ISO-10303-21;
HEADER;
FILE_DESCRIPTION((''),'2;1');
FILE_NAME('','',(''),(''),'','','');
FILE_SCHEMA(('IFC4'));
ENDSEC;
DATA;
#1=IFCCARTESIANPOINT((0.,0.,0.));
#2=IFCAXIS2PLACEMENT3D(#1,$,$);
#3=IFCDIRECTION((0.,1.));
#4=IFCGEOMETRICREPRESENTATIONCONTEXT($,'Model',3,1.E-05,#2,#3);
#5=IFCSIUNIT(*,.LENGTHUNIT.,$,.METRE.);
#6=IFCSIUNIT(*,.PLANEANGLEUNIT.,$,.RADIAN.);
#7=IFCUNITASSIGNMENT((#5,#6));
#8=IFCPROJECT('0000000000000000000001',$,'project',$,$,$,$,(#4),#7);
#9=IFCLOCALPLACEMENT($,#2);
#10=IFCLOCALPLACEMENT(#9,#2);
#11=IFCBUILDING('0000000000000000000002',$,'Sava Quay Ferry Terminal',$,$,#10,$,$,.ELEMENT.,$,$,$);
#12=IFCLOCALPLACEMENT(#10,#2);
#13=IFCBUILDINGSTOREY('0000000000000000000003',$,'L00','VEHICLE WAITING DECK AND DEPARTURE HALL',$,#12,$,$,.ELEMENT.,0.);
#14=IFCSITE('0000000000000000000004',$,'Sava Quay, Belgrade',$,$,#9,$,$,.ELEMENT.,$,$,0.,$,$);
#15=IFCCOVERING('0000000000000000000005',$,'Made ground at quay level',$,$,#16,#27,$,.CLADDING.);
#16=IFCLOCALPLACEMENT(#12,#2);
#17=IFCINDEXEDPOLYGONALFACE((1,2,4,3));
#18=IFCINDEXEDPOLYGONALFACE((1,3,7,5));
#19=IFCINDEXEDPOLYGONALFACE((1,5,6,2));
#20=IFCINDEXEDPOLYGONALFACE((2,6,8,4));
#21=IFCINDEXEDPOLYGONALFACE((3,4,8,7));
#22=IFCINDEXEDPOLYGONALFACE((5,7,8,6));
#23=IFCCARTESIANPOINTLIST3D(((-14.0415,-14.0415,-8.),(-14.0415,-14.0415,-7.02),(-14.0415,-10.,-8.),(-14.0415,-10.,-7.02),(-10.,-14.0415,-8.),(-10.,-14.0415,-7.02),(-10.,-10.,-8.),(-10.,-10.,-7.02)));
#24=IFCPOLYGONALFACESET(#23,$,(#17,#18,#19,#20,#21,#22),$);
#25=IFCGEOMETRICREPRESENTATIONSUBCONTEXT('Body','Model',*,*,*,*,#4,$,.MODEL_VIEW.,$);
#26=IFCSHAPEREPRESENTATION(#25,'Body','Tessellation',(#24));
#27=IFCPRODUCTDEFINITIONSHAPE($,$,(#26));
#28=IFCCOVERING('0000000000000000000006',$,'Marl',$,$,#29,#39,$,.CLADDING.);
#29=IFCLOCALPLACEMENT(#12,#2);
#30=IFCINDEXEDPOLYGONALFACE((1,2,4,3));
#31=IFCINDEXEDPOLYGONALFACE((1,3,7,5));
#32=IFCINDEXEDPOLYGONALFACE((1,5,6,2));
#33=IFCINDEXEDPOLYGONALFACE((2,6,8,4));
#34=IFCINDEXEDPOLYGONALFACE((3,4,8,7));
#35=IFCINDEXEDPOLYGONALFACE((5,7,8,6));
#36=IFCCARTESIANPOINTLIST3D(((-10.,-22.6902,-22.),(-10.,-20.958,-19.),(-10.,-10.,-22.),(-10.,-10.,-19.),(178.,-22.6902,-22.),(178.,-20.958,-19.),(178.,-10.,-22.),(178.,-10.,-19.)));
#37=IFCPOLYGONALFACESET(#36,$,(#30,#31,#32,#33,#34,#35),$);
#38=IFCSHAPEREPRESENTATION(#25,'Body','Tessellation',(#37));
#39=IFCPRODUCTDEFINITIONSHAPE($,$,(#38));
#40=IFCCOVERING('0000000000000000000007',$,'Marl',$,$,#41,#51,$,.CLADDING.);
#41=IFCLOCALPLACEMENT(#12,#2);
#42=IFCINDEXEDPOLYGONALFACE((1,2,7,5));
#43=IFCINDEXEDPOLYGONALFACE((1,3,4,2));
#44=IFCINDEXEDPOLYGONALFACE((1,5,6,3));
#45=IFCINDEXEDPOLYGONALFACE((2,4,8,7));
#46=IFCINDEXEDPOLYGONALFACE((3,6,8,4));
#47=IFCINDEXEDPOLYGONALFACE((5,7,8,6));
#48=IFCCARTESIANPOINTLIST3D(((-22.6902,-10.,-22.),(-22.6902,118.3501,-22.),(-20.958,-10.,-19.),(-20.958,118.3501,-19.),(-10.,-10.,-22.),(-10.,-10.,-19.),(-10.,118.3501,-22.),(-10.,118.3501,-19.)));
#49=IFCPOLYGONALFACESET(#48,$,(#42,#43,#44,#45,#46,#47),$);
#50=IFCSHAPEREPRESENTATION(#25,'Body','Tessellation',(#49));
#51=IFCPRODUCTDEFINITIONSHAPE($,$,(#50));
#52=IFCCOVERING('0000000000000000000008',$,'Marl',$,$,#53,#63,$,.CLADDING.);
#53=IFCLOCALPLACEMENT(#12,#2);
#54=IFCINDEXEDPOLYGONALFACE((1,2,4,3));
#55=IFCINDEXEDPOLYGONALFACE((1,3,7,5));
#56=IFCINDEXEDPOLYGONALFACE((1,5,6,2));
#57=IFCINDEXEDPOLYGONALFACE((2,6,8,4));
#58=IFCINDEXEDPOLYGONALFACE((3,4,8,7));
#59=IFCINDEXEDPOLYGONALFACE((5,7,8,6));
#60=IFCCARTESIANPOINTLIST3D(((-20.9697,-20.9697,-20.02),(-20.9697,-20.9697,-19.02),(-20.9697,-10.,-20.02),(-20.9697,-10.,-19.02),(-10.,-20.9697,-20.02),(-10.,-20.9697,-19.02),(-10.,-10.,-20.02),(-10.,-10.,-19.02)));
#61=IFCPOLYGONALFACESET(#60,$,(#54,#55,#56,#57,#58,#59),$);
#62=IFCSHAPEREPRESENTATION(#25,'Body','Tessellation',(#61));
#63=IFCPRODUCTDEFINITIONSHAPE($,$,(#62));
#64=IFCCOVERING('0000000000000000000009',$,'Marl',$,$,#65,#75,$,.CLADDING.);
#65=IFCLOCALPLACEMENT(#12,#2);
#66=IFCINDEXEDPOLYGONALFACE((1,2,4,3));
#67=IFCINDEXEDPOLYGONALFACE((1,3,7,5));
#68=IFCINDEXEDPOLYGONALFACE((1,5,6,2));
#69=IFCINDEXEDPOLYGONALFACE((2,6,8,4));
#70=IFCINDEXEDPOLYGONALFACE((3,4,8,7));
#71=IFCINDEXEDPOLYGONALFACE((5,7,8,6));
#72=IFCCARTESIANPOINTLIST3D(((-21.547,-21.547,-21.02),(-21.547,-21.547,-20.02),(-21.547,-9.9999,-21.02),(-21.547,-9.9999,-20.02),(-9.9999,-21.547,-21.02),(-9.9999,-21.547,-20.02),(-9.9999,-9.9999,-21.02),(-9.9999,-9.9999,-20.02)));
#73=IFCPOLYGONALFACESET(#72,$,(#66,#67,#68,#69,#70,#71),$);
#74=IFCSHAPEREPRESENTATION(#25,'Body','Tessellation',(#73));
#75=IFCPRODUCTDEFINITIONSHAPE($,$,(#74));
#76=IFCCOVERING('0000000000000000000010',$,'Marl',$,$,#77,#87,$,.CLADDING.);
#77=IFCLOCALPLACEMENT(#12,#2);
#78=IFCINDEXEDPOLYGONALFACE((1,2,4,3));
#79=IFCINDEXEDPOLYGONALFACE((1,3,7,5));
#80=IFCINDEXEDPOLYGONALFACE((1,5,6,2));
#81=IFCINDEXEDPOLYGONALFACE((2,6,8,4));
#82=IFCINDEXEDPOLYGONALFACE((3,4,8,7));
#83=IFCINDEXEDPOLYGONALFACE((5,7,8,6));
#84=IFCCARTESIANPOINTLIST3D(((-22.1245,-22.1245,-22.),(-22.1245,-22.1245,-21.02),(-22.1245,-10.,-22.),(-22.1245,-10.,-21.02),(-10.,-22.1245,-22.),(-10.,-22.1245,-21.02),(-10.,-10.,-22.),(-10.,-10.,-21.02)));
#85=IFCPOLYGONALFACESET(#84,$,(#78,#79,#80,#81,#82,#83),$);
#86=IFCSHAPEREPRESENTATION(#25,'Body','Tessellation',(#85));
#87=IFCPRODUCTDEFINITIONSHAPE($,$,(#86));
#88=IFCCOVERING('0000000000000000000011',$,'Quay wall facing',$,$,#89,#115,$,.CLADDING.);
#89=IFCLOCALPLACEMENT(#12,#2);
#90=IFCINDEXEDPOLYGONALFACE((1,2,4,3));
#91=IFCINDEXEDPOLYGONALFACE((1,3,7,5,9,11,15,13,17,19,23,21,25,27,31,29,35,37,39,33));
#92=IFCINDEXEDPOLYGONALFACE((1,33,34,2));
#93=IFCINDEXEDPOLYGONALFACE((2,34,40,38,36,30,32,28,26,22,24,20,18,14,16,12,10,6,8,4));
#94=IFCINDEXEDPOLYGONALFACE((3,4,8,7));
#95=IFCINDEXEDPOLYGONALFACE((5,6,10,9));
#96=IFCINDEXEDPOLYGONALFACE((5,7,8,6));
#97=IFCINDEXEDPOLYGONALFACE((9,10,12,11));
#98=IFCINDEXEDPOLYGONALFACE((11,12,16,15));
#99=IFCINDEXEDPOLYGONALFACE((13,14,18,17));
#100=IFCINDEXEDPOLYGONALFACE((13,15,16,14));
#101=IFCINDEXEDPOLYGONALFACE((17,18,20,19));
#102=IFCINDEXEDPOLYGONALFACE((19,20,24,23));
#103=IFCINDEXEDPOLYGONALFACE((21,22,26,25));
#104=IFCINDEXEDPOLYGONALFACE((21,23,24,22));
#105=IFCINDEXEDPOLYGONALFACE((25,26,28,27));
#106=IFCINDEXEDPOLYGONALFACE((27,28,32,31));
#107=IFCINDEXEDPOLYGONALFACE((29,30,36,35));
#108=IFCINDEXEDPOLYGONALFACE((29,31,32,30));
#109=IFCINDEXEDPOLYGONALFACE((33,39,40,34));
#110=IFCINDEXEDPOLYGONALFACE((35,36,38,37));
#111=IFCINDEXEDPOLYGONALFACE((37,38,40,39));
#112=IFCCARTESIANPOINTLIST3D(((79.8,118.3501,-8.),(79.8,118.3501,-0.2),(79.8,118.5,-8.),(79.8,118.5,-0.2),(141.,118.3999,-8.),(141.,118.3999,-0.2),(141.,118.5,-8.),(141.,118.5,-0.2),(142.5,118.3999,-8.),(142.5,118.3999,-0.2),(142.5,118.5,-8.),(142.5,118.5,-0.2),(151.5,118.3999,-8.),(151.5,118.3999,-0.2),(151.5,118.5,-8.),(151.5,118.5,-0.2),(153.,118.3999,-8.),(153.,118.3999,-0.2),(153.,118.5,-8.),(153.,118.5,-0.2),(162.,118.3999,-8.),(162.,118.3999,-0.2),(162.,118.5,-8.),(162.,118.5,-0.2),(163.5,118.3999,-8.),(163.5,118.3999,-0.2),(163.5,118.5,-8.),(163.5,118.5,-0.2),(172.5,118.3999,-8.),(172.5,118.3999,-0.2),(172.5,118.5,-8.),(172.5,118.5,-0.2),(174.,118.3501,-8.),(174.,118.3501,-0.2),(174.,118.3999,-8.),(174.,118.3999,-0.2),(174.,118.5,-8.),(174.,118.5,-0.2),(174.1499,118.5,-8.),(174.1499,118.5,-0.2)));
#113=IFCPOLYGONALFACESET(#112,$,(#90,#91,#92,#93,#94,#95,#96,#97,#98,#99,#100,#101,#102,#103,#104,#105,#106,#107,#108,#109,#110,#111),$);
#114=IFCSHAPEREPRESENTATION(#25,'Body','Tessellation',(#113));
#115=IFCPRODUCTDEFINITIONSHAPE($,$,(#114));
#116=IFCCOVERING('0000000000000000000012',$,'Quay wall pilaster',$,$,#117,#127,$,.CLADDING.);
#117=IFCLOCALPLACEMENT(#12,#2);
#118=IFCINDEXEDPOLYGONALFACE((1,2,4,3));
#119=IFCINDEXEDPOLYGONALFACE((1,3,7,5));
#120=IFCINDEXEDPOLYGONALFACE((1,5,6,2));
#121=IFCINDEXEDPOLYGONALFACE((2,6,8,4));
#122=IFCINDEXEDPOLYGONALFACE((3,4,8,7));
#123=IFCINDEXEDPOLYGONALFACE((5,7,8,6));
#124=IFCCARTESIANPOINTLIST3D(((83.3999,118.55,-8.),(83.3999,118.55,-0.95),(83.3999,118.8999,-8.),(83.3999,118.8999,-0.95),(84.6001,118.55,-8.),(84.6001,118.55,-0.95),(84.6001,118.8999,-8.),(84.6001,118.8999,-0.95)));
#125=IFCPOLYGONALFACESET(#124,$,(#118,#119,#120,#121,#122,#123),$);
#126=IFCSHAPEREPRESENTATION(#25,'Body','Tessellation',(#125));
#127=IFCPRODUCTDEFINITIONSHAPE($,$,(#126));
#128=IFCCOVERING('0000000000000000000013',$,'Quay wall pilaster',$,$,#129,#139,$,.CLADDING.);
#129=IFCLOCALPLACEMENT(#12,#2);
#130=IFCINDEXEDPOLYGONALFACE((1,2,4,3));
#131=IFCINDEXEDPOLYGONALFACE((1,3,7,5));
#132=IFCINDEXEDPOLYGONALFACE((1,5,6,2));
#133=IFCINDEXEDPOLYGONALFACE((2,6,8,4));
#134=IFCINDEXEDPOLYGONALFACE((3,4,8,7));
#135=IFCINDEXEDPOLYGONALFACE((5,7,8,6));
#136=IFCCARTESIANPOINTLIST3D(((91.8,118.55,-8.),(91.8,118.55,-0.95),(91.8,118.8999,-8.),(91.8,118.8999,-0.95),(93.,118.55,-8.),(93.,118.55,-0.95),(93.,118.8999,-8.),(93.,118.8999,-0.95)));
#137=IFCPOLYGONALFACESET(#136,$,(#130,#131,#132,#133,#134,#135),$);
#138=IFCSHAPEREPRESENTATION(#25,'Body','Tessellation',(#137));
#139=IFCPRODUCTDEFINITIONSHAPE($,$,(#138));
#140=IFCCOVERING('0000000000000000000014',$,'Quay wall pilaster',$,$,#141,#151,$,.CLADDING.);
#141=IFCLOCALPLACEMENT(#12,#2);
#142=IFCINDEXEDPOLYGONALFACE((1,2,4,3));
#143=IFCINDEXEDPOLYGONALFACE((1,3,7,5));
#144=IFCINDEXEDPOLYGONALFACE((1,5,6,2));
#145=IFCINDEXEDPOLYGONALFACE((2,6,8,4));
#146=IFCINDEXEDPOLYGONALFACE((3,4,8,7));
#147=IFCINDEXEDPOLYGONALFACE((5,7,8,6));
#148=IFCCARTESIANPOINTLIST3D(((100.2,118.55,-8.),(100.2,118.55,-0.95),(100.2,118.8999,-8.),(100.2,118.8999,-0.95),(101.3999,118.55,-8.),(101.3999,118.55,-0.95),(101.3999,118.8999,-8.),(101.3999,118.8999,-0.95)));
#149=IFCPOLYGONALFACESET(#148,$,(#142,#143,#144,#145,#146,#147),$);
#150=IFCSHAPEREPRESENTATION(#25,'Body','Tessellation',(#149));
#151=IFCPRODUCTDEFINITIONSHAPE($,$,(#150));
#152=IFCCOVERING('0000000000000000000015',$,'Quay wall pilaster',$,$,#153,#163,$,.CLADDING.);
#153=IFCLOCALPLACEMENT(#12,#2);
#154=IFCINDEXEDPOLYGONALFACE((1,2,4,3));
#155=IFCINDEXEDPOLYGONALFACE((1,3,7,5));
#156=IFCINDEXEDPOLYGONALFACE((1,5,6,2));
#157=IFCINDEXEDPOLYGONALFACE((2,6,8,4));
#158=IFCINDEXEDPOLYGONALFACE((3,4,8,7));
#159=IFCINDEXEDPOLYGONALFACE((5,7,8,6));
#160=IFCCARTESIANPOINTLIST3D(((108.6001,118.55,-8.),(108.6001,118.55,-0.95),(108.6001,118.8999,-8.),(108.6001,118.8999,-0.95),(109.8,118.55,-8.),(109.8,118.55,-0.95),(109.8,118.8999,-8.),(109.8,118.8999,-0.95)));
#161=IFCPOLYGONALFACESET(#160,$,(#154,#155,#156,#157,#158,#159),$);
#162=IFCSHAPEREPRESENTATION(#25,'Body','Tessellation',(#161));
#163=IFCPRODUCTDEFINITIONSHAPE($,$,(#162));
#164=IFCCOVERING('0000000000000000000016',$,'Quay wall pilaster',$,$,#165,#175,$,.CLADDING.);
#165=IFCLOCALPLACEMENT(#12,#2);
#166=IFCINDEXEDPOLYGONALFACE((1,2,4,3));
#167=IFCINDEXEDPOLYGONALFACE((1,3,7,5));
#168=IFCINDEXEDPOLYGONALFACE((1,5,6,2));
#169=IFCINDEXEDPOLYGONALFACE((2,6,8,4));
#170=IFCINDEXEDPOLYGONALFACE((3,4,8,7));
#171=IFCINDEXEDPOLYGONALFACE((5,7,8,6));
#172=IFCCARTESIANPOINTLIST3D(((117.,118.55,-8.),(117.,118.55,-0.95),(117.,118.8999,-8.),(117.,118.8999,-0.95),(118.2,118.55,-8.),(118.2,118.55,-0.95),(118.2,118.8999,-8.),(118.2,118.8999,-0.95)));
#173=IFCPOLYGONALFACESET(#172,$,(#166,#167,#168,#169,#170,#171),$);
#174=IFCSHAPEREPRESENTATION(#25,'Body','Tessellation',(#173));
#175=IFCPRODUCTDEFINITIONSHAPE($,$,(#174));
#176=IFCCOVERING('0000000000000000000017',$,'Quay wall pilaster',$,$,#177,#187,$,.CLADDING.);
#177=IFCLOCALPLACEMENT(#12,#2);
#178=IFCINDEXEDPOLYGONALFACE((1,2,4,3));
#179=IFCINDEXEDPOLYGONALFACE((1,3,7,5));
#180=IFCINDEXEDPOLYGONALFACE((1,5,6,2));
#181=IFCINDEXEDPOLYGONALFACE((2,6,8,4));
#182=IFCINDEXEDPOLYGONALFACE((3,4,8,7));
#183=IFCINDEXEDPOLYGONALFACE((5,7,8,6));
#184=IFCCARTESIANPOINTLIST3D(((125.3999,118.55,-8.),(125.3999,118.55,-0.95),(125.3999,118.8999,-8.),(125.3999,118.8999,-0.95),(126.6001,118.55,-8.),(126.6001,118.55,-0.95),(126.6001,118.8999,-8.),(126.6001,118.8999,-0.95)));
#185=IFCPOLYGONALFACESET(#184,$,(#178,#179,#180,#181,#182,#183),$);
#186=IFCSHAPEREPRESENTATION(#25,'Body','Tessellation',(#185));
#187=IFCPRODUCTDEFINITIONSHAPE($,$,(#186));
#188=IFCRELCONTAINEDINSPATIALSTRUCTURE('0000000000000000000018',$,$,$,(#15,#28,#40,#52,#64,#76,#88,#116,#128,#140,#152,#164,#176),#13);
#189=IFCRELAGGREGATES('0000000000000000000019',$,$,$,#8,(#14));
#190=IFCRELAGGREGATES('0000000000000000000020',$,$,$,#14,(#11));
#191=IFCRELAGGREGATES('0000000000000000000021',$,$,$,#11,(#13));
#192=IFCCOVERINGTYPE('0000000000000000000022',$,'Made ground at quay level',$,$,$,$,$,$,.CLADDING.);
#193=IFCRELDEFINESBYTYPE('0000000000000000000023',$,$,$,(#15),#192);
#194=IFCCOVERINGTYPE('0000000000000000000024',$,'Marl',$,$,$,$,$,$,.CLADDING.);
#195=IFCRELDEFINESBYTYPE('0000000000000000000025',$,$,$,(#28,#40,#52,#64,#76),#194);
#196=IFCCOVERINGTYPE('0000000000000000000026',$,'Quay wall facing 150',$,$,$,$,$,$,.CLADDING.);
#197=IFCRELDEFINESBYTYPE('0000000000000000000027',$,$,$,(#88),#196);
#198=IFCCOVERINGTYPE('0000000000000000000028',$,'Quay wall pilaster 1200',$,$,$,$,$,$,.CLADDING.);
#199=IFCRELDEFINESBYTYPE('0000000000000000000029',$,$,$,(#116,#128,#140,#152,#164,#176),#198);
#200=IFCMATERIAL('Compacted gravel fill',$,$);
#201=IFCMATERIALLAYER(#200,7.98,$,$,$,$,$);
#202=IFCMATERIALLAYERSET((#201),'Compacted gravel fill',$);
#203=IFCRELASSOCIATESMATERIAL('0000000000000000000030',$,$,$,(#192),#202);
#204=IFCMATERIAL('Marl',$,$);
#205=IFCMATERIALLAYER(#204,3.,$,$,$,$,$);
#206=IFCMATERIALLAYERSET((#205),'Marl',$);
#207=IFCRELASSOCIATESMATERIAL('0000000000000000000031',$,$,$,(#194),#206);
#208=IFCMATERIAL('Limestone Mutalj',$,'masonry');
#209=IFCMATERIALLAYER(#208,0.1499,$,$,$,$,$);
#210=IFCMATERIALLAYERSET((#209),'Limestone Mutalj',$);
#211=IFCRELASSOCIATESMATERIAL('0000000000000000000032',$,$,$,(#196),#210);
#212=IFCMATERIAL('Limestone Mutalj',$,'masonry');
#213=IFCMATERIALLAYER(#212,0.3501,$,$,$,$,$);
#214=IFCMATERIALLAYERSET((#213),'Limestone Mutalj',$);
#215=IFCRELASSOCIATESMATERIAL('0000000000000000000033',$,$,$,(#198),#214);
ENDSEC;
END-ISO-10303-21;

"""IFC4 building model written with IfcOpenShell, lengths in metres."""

from ifc_helpers import new_model, si_unit, direction, frame, origin, origin_2d, place, context, subcontext, project, spatial, polyline, rectangle, outline, extrude, material, layer, layer_set, type_object, element, save


model = new_model("IFC4")

# Units and contexts
model_context = context("Model", 3, precision=1e-05, world=origin(), true_north=direction((0.0, 1.0)))
body_context = subcontext(model_context, "Body", "Model", "MODEL_VIEW")
ifc_project = project(units=[si_unit("LENGTHUNIT", "METRE"), si_unit("PLANEANGLEUNIT", "RADIAN")], contexts=[model_context])

# Site, building, storey
site_placement = place(None, origin())
site = spatial("IfcSite", under=ifc_project, at=site_placement, Name="Sava Quay, Belgrade", CompositionType="ELEMENT", RefElevation=0.0)
building_placement = place(site_placement, origin())
building = spatial("IfcBuilding", under=site, at=building_placement, Name="Sava Quay Ferry Terminal", CompositionType="ELEMENT")
storey_placement = place(building_placement, origin())
storey = spatial("IfcBuildingStorey", under=building, at=storey_placement, Name="L00", Description="VEHICLE WAITING DECK AND DEPARTURE HALL", CompositionType="ELEMENT", Elevation=0.0)

# Coverings
ifc_material_1 = material(Name="Compacted gravel fill")
ifc_layer_1 = layer(ifc_material_1, 7.98)
ifc_layer_set_1 = layer_set([ifc_layer_1], Name="Compacted gravel fill")
covering_type_1 = type_object("IfcCoveringType", Name="Made ground at quay level", PredefinedType="CLADDING", material=ifc_layer_set_1)
covering_1_placement = place(storey_placement, frame((-12.0208, -12.0208, -8.0), z_axis=(0.0, 0.0, 1.0), x_axis=(1.0, 0.0, 0.0)))
element("IfcCovering", 1, at=covering_1_placement, inside=storey, type_object=covering_type_1, Name="Made ground at quay level", PredefinedType="CLADDING", context=body_context, shape_type="SweptSolid", body=[
    extrude(rectangle(XDim=4.0415, YDim=4.0415, at=origin_2d()), origin(), (0.0, 0.0, 1.0), 0.98),
])
ifc_material_2 = material(Name="Marl")
ifc_layer_2 = layer(ifc_material_2, 3.0)
ifc_layer_set_2 = layer_set([ifc_layer_2], Name="Marl")
covering_type_2 = type_object("IfcCoveringType", Name="Marl", PredefinedType="CLADDING", material=ifc_layer_set_2)
covering_2_placement = place(storey_placement, frame((-10.0, -10.0, -19.0), z_axis=(1.0, 0.0, 0.0), x_axis=(0.0, 1.0, 0.0)))
element("IfcCovering", 2, at=covering_2_placement, inside=storey, type_object=covering_type_2, Name="Marl", PredefinedType="CLADDING", context=body_context, shape_type="SweptSolid", body=[
    extrude(outline(polyline([(0.0, 0.0), (-10.958, 0.0), (-12.6902, -3.0), (0.0, -3.0), (0.0, 0.0)])), origin(), (0.0, 0.0, 1.0), 188.0),
])
covering_3_placement = place(storey_placement, frame((-10.0, -10.0, -19.0), z_axis=(0.0, 1.0, 0.0), x_axis=(-1.0, 0.0, 0.0)))
element("IfcCovering", 3, at=covering_3_placement, inside=storey, type_object=covering_type_2, Name="Marl", PredefinedType="CLADDING", context=body_context, shape_type="SweptSolid", body=[
    extrude(outline(polyline([(0.0, 0.0), (10.958, 0.0), (12.6902, -3.0), (0.0, -3.0), (0.0, 0.0)])), origin(), (0.0, 0.0, 1.0), 128.3501),
])
covering_4_placement = place(storey_placement, frame((-15.4849, -15.4849, -20.02), z_axis=(0.0, 0.0, 1.0), x_axis=(1.0, 0.0, 0.0)))
element("IfcCovering", 4, at=covering_4_placement, inside=storey, type_object=covering_type_2, Name="Marl", PredefinedType="CLADDING", context=body_context, shape_type="SweptSolid", body=[
    extrude(rectangle(XDim=10.9697, YDim=10.9697, at=origin_2d()), origin(), (0.0, 0.0, 1.0), 1.0),
])
covering_5_placement = place(storey_placement, frame((-15.7734, -15.7734, -21.02), z_axis=(0.0, 0.0, 1.0), x_axis=(1.0, 0.0, 0.0)))
element("IfcCovering", 5, at=covering_5_placement, inside=storey, type_object=covering_type_2, Name="Marl", PredefinedType="CLADDING", context=body_context, shape_type="SweptSolid", body=[
    extrude(rectangle(XDim=11.5471, YDim=11.5471, at=origin_2d()), origin(), (0.0, 0.0, 1.0), 1.0),
])
covering_6_placement = place(storey_placement, frame((-16.0623, -16.0623, -22.0), z_axis=(0.0, 0.0, 1.0), x_axis=(1.0, 0.0, 0.0)))
element("IfcCovering", 6, at=covering_6_placement, inside=storey, type_object=covering_type_2, Name="Marl", PredefinedType="CLADDING", context=body_context, shape_type="SweptSolid", body=[
    extrude(rectangle(XDim=12.1245, YDim=12.1245, at=origin_2d()), origin(), (0.0, 0.0, 1.0), 0.98),
])
ifc_material_3 = material(Name="Limestone Mutalj", Category="masonry")
ifc_layer_3 = layer(ifc_material_3, 0.1499)
ifc_layer_set_3 = layer_set([ifc_layer_3], Name="Limestone Mutalj")
covering_type_3 = type_object("IfcCoveringType", Name="Quay wall facing 150", PredefinedType="CLADDING", material=ifc_layer_set_3)
covering_7_placement = place(storey_placement, frame((0.0, 0.0, -8.0)))
element("IfcCovering", 7, at=covering_7_placement, inside=storey, type_object=covering_type_3, Name="Quay wall facing", PredefinedType="CLADDING", context=body_context, shape_type="SweptSolid", body=[
    extrude(outline(polyline([(79.8, 118.5), (79.8, 118.3501), (174.0, 118.3501), (174.1499, 118.5), (174.0, 118.5), (174.0, 118.3999), (172.5, 118.3999), (172.5, 118.5), (163.5, 118.5), (163.5, 118.3999), (162.0, 118.3999), (162.0, 118.5), (153.0, 118.5), (153.0, 118.3999), (151.5, 118.3999), (151.5, 118.5), (142.5, 118.5), (142.5, 118.3999), (141.0, 118.3999), (141.0, 118.5), (79.8, 118.5)])), origin(), (0.0, 0.0, 1.0), 7.8),
])
ifc_material_4 = material(Name="Limestone Mutalj", Category="masonry")
ifc_layer_4 = layer(ifc_material_4, 0.3501)
ifc_layer_set_4 = layer_set([ifc_layer_4], Name="Limestone Mutalj")
covering_type_4 = type_object("IfcCoveringType", Name="Quay wall pilaster 1200", PredefinedType="CLADDING", material=ifc_layer_set_4)
covering_8_placement = place(storey_placement, frame((0.0, 0.0, -8.0)))
element("IfcCovering", 8, at=covering_8_placement, inside=storey, type_object=covering_type_4, Name="Quay wall pilaster", PredefinedType="CLADDING", context=body_context, shape_type="SweptSolid", body=[
    extrude(outline(polyline([(84.6001, 118.55), (84.6001, 118.8999), (83.3999, 118.8999), (83.3999, 118.55), (84.6001, 118.55)])), origin(), (0.0, 0.0, 1.0), 7.05),
])
covering_9_placement = place(storey_placement, frame((0.0, 0.0, -8.0)))
element("IfcCovering", 9, at=covering_9_placement, inside=storey, type_object=covering_type_4, Name="Quay wall pilaster", PredefinedType="CLADDING", context=body_context, shape_type="SweptSolid", body=[
    extrude(outline(polyline([(93.0, 118.55), (93.0, 118.8999), (91.8, 118.8999), (91.8, 118.55), (93.0, 118.55)])), origin(), (0.0, 0.0, 1.0), 7.05),
])
covering_10_placement = place(storey_placement, frame((0.0, 0.0, -8.0)))
element("IfcCovering", 10, at=covering_10_placement, inside=storey, type_object=covering_type_4, Name="Quay wall pilaster", PredefinedType="CLADDING", context=body_context, shape_type="SweptSolid", body=[
    extrude(outline(polyline([(101.3999, 118.55), (101.3999, 118.8999), (100.2, 118.8999), (100.2, 118.55), (101.3999, 118.55)])), origin(), (0.0, 0.0, 1.0), 7.05),
])
covering_11_placement = place(storey_placement, frame((0.0, 0.0, -8.0)))
element("IfcCovering", 11, at=covering_11_placement, inside=storey, type_object=covering_type_4, Name="Quay wall pilaster", PredefinedType="CLADDING", context=body_context, shape_type="SweptSolid", body=[
    extrude(outline(polyline([(109.8, 118.55), (109.8, 118.8999), (108.6001, 118.8999), (108.6001, 118.55), (109.8, 118.55)])), origin(), (0.0, 0.0, 1.0), 7.05),
])
covering_12_placement = place(storey_placement, frame((0.0, 0.0, -8.0)))
element("IfcCovering", 12, at=covering_12_placement, inside=storey, type_object=covering_type_4, Name="Quay wall pilaster", PredefinedType="CLADDING", context=body_context, shape_type="SweptSolid", body=[
    extrude(outline(polyline([(118.2, 118.55), (118.2, 118.8999), (117.0, 118.8999), (117.0, 118.55), (118.2, 118.55)])), origin(), (0.0, 0.0, 1.0), 7.05),
])
covering_13_placement = place(storey_placement, frame((0.0, 0.0, -8.0)))
element("IfcCovering", 13, at=covering_13_placement, inside=storey, type_object=covering_type_4, Name="Quay wall pilaster", PredefinedType="CLADDING", context=body_context, shape_type="SweptSolid", body=[
    extrude(outline(polyline([(126.6001, 118.55), (126.6001, 118.8999), (125.3999, 118.8999), (125.3999, 118.55), (126.6001, 118.55)])), origin(), (0.0, 0.0, 1.0), 7.05),
])

save(model, "model.ifc")
